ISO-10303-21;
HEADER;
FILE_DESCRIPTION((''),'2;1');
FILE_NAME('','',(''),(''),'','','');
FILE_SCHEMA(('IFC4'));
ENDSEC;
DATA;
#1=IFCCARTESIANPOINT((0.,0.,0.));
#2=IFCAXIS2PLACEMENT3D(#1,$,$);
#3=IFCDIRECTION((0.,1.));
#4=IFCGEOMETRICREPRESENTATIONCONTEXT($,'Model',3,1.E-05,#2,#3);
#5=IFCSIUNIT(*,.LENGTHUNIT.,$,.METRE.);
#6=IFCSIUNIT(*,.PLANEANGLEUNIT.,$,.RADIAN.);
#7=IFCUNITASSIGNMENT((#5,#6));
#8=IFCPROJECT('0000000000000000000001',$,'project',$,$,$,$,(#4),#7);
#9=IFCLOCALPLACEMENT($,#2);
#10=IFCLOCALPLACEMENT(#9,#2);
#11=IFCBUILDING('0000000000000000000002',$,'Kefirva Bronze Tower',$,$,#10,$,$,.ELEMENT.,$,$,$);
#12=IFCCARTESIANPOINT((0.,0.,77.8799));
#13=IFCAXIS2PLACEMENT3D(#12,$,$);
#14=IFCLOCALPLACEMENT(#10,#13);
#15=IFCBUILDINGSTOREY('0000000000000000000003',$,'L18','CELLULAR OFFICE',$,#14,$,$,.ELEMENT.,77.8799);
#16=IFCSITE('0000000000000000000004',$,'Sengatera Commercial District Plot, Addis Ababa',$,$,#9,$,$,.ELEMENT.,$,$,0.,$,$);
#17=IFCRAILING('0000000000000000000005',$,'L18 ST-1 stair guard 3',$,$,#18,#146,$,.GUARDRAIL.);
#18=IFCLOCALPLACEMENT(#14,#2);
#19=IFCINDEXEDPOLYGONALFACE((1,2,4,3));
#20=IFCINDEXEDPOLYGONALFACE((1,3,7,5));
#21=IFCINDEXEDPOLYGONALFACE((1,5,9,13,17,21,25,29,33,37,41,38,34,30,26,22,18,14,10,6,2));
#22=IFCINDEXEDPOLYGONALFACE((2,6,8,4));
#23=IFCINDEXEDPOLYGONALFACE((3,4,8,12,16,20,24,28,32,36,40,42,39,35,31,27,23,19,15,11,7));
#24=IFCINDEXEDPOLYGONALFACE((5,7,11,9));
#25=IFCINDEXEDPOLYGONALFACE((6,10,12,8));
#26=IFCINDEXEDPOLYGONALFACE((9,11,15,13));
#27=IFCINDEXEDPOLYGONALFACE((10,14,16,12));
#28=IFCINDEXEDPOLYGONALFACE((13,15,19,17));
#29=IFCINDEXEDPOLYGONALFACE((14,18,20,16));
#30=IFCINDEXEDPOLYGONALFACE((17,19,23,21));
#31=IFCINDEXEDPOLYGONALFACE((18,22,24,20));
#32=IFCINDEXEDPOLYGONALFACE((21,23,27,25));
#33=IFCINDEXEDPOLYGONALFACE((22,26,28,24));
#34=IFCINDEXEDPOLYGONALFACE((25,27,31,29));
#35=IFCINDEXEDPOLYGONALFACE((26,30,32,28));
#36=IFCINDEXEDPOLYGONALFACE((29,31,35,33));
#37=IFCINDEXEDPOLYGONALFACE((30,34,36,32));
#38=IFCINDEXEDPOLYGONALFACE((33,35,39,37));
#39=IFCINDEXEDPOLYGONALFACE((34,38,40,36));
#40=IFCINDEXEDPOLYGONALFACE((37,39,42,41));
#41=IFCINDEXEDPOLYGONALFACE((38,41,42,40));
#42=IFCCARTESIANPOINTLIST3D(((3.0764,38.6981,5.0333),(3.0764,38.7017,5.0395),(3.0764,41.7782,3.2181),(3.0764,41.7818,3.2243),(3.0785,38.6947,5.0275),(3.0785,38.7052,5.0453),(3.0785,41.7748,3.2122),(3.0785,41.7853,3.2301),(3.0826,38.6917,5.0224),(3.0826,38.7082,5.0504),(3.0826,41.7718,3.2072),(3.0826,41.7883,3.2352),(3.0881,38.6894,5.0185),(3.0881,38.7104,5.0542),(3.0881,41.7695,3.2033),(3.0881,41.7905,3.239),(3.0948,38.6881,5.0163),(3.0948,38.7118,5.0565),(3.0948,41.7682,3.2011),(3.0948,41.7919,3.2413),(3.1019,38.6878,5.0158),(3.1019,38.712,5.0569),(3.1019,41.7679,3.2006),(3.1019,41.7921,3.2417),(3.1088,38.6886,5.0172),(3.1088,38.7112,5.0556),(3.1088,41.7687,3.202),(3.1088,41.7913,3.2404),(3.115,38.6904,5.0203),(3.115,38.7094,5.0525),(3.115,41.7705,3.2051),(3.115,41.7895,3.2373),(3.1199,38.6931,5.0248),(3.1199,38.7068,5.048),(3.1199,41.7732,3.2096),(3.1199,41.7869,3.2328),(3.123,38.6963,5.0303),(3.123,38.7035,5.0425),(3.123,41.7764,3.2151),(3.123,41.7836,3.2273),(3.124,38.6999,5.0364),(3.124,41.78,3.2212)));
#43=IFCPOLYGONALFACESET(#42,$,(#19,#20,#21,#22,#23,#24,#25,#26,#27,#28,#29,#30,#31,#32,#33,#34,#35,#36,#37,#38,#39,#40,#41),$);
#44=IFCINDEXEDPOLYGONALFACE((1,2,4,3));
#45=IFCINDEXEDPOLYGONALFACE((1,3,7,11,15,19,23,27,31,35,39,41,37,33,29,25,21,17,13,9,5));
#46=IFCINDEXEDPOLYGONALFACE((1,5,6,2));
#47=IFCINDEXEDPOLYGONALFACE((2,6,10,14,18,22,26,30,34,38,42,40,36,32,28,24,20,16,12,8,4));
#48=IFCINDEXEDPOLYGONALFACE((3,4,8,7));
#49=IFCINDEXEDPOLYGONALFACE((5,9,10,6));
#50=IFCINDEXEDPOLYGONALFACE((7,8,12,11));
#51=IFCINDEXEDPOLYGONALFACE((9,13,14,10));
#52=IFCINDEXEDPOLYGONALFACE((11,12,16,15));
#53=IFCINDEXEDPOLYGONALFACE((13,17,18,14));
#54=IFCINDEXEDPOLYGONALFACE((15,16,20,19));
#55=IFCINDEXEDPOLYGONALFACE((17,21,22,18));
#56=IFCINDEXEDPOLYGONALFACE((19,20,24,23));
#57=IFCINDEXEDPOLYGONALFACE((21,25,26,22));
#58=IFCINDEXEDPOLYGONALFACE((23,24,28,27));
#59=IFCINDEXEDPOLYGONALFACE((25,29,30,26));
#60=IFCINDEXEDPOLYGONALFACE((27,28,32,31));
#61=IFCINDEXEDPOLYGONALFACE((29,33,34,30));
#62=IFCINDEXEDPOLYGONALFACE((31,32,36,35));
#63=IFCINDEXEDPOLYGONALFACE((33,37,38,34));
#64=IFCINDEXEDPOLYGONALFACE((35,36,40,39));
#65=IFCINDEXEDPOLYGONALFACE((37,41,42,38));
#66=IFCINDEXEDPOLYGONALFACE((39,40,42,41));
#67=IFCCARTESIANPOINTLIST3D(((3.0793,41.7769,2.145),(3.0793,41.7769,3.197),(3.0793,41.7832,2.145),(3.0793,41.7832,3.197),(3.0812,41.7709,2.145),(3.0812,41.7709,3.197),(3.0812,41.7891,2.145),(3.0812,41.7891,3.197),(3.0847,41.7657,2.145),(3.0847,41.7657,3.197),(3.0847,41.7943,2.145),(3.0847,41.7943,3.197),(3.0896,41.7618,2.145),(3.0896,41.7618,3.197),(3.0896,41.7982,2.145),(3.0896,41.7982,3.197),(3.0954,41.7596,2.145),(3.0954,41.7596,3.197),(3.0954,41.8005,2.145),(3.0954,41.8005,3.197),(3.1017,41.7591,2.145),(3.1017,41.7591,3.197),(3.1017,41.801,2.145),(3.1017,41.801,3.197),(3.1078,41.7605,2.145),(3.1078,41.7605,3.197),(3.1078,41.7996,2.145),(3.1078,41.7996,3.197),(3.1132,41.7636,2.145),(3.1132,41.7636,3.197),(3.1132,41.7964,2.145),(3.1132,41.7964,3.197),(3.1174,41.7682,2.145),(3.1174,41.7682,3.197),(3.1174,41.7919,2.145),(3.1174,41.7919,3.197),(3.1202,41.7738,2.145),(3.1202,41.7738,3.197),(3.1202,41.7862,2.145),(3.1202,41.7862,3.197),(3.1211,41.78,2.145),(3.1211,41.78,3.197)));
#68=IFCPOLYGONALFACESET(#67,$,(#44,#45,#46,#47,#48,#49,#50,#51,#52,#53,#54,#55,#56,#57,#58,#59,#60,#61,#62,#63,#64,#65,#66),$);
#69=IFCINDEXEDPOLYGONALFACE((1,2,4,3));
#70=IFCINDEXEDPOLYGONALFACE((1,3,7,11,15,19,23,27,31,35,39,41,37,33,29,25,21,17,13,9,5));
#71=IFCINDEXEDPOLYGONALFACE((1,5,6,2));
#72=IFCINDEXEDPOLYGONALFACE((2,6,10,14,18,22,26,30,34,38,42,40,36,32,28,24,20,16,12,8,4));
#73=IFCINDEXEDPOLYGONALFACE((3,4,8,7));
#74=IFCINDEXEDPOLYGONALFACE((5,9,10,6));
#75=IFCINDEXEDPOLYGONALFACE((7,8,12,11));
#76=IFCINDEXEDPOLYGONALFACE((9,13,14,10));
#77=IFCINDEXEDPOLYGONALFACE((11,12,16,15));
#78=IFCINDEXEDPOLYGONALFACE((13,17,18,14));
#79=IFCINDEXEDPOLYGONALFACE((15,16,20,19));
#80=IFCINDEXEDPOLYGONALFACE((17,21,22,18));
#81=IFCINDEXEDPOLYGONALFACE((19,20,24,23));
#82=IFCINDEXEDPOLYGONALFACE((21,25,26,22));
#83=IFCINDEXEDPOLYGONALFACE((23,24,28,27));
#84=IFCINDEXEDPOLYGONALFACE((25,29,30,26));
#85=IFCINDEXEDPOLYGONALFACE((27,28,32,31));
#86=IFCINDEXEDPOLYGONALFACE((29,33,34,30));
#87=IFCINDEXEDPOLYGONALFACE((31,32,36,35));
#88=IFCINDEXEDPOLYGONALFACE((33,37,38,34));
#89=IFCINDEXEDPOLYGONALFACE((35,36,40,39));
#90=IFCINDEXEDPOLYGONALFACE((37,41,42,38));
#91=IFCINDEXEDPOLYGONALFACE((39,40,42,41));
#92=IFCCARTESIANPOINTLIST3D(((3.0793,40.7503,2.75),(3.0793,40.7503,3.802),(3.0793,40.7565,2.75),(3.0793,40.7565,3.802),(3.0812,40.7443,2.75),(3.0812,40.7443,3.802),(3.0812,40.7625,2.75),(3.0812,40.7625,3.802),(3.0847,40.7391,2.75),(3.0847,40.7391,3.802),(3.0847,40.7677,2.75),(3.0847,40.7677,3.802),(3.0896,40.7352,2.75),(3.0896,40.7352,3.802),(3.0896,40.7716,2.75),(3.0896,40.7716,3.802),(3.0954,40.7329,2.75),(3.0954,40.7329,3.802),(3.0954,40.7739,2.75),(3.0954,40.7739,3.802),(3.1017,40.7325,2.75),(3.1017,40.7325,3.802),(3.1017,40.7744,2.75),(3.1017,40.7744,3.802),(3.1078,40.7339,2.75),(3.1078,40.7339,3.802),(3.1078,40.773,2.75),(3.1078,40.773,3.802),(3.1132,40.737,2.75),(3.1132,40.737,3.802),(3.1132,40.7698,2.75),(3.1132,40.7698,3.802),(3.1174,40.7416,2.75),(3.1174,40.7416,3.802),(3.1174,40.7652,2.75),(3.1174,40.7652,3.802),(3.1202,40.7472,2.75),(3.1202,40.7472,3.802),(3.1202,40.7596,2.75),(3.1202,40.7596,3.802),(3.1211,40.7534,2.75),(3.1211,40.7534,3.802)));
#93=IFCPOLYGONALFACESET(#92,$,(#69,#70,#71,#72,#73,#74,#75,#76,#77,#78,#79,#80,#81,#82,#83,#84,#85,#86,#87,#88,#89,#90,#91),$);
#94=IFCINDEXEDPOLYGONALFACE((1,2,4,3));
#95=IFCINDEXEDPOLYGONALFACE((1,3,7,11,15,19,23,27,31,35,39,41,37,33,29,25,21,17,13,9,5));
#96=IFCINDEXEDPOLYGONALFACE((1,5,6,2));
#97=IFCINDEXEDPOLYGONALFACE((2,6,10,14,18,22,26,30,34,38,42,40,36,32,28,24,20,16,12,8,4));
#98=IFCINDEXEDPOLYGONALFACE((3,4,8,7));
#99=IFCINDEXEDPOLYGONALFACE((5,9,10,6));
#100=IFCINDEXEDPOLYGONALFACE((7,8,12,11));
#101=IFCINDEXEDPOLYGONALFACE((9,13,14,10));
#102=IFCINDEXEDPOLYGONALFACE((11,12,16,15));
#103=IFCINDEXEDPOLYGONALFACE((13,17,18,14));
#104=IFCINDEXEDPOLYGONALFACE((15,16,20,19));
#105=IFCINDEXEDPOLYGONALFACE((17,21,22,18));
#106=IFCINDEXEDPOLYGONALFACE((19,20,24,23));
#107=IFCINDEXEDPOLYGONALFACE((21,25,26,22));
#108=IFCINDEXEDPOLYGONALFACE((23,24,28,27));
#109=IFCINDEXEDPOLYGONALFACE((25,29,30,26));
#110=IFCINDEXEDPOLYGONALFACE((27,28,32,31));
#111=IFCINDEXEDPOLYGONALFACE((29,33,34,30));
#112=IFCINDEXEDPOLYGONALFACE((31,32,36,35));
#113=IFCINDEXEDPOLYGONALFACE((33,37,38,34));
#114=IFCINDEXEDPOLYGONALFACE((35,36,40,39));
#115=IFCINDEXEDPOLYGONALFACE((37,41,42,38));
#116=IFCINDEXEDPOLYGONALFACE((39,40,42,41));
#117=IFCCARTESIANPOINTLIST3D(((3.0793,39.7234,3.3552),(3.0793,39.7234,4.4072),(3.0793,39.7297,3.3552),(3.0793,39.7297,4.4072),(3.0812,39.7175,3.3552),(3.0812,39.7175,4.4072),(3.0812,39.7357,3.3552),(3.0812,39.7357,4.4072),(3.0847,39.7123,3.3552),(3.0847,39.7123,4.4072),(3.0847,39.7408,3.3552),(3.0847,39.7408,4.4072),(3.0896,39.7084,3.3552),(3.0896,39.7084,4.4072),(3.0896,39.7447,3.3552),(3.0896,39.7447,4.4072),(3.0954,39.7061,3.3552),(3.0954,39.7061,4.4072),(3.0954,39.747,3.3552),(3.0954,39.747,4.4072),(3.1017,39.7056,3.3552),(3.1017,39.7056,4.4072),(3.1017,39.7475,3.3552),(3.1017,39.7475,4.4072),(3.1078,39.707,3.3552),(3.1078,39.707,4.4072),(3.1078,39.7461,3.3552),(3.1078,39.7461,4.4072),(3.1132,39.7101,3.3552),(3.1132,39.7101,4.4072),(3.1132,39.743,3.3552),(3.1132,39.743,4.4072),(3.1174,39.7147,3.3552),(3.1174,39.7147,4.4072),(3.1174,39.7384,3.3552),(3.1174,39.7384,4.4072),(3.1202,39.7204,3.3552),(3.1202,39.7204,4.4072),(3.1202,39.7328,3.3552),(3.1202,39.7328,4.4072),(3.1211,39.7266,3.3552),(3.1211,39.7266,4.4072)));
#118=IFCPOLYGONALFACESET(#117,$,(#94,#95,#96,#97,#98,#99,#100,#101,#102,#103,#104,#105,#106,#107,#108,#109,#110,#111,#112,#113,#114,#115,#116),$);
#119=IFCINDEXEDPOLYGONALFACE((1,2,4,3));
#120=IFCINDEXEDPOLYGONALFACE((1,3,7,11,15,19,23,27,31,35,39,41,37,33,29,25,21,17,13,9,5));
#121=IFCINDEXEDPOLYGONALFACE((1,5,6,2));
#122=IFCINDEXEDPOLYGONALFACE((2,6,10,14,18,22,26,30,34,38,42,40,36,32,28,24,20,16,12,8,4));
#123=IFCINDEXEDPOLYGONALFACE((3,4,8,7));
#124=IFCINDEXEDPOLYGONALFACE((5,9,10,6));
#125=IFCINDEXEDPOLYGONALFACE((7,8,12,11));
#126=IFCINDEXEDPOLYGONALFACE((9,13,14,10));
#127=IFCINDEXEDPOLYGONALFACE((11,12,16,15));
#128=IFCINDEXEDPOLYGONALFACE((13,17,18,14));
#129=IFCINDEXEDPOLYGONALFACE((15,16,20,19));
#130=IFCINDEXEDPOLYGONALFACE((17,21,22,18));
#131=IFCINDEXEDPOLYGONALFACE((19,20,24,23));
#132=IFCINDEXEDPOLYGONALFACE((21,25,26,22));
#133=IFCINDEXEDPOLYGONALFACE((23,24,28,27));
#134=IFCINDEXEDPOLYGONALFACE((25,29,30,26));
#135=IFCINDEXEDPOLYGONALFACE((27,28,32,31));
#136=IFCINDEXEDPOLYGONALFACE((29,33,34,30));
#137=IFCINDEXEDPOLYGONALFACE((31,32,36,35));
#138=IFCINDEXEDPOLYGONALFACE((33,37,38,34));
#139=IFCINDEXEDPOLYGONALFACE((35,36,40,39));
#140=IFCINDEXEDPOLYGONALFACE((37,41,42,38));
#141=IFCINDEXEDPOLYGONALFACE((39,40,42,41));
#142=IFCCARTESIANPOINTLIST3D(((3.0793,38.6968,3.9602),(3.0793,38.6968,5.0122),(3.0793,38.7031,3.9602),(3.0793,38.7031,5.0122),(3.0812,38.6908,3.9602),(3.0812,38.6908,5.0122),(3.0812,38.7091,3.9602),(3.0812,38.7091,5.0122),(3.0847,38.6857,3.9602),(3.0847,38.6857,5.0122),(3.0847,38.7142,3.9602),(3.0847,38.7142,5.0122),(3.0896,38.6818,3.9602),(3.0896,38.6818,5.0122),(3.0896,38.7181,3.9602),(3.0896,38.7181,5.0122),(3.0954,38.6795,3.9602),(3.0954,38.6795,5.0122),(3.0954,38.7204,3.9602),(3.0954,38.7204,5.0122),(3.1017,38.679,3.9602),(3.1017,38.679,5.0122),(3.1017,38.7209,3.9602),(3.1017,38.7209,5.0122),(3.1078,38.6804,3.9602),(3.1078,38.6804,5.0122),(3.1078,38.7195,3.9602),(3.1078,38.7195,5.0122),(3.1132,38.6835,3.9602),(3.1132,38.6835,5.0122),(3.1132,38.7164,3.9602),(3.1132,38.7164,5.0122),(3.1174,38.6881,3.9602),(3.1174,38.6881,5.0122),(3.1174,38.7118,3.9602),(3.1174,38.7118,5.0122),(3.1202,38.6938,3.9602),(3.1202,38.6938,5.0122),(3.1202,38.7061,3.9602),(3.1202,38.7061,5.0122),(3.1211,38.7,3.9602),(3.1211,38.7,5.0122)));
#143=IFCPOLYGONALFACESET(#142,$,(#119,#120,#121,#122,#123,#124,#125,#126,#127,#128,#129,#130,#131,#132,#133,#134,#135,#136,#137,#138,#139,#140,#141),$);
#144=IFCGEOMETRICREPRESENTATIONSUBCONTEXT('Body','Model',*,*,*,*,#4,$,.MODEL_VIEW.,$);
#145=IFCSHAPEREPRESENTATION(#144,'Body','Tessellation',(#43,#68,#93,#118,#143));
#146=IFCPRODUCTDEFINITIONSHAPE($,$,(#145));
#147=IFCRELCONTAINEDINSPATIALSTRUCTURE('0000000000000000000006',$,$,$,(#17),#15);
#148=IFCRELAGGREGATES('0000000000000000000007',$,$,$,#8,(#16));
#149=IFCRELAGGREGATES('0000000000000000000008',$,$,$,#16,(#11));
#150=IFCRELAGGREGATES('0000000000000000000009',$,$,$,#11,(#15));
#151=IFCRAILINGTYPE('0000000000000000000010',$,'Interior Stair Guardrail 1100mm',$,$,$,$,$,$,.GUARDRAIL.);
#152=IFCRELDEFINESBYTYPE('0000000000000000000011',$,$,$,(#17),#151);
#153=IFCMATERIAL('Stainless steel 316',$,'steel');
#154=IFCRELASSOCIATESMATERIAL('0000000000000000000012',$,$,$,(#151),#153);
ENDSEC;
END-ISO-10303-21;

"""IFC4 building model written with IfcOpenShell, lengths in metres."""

from ifc_helpers import new_model, si_unit, direction, frame, origin, origin_2d, place, context, subcontext, project, spatial, circle, extrude, material, type_object, element, save


model = new_model("IFC4")

# Units and contexts
model_context = context("Model", 3, precision=1e-05, world=origin(), true_north=direction((0.0, 1.0)))
body_context = subcontext(model_context, "Body", "Model", "MODEL_VIEW")
ifc_project = project(units=[si_unit("LENGTHUNIT", "METRE"), si_unit("PLANEANGLEUNIT", "RADIAN")], contexts=[model_context])

# Site, building, storey
site_placement = place(None, origin())
site = spatial("IfcSite", under=ifc_project, at=site_placement, Name="Sengatera Commercial District Plot, Addis Ababa", CompositionType="ELEMENT", RefElevation=0.0)
building_placement = place(site_placement, origin())
building = spatial("IfcBuilding", under=site, at=building_placement, Name="Kefirva Bronze Tower", CompositionType="ELEMENT")
storey_placement = place(building_placement, frame((0.0, 0.0, 77.8799)))
storey = spatial("IfcBuildingStorey", under=building, at=storey_placement, Name="L18", Description="CELLULAR OFFICE", CompositionType="ELEMENT", Elevation=77.8799)

# Railing
ifc_material_1 = material(Name="Stainless steel 316", Category="steel")
railing_type_1 = type_object("IfcRailingType", Name="Interior Stair Guardrail 1100mm", PredefinedType="GUARDRAIL", material=ifc_material_1)
railing_1_placement = place(storey_placement, frame((3.1001, 41.78, 2.145)))
element("IfcRailing", 1, at=railing_1_placement, inside=storey, type_object=railing_type_1, Name="L18 ST-1 stair guard 3", PredefinedType="GUARDRAIL", context=body_context, shape_type="SweptSolid", body=[
    extrude(circle(Radius=0.0239, at=origin_2d()), frame((0.0, 0.0, 1.0762), z_axis=(0.0, -0.861521, 0.507721), x_axis=(1.0, 0.0, 0.0)), (0.0, 0.0, 1.0), 3.5752),
    extrude(circle(Radius=0.021, at=origin_2d()), origin(), (0.0, 0.0, 1.0), 1.052),
    extrude(circle(Radius=0.021, at=origin_2d()), frame((0.0, -1.0266, 0.605)), (0.0, 0.0, 1.0), 1.052),
    extrude(circle(Radius=0.021, at=origin_2d()), frame((0.0, -2.0535, 1.2102)), (0.0, 0.0, 1.0), 1.052),
    extrude(circle(Radius=0.021, at=origin_2d()), frame((0.0, -3.0801, 1.8152)), (0.0, 0.0, 1.0), 1.052),
])

save(model, "model.ifc")
